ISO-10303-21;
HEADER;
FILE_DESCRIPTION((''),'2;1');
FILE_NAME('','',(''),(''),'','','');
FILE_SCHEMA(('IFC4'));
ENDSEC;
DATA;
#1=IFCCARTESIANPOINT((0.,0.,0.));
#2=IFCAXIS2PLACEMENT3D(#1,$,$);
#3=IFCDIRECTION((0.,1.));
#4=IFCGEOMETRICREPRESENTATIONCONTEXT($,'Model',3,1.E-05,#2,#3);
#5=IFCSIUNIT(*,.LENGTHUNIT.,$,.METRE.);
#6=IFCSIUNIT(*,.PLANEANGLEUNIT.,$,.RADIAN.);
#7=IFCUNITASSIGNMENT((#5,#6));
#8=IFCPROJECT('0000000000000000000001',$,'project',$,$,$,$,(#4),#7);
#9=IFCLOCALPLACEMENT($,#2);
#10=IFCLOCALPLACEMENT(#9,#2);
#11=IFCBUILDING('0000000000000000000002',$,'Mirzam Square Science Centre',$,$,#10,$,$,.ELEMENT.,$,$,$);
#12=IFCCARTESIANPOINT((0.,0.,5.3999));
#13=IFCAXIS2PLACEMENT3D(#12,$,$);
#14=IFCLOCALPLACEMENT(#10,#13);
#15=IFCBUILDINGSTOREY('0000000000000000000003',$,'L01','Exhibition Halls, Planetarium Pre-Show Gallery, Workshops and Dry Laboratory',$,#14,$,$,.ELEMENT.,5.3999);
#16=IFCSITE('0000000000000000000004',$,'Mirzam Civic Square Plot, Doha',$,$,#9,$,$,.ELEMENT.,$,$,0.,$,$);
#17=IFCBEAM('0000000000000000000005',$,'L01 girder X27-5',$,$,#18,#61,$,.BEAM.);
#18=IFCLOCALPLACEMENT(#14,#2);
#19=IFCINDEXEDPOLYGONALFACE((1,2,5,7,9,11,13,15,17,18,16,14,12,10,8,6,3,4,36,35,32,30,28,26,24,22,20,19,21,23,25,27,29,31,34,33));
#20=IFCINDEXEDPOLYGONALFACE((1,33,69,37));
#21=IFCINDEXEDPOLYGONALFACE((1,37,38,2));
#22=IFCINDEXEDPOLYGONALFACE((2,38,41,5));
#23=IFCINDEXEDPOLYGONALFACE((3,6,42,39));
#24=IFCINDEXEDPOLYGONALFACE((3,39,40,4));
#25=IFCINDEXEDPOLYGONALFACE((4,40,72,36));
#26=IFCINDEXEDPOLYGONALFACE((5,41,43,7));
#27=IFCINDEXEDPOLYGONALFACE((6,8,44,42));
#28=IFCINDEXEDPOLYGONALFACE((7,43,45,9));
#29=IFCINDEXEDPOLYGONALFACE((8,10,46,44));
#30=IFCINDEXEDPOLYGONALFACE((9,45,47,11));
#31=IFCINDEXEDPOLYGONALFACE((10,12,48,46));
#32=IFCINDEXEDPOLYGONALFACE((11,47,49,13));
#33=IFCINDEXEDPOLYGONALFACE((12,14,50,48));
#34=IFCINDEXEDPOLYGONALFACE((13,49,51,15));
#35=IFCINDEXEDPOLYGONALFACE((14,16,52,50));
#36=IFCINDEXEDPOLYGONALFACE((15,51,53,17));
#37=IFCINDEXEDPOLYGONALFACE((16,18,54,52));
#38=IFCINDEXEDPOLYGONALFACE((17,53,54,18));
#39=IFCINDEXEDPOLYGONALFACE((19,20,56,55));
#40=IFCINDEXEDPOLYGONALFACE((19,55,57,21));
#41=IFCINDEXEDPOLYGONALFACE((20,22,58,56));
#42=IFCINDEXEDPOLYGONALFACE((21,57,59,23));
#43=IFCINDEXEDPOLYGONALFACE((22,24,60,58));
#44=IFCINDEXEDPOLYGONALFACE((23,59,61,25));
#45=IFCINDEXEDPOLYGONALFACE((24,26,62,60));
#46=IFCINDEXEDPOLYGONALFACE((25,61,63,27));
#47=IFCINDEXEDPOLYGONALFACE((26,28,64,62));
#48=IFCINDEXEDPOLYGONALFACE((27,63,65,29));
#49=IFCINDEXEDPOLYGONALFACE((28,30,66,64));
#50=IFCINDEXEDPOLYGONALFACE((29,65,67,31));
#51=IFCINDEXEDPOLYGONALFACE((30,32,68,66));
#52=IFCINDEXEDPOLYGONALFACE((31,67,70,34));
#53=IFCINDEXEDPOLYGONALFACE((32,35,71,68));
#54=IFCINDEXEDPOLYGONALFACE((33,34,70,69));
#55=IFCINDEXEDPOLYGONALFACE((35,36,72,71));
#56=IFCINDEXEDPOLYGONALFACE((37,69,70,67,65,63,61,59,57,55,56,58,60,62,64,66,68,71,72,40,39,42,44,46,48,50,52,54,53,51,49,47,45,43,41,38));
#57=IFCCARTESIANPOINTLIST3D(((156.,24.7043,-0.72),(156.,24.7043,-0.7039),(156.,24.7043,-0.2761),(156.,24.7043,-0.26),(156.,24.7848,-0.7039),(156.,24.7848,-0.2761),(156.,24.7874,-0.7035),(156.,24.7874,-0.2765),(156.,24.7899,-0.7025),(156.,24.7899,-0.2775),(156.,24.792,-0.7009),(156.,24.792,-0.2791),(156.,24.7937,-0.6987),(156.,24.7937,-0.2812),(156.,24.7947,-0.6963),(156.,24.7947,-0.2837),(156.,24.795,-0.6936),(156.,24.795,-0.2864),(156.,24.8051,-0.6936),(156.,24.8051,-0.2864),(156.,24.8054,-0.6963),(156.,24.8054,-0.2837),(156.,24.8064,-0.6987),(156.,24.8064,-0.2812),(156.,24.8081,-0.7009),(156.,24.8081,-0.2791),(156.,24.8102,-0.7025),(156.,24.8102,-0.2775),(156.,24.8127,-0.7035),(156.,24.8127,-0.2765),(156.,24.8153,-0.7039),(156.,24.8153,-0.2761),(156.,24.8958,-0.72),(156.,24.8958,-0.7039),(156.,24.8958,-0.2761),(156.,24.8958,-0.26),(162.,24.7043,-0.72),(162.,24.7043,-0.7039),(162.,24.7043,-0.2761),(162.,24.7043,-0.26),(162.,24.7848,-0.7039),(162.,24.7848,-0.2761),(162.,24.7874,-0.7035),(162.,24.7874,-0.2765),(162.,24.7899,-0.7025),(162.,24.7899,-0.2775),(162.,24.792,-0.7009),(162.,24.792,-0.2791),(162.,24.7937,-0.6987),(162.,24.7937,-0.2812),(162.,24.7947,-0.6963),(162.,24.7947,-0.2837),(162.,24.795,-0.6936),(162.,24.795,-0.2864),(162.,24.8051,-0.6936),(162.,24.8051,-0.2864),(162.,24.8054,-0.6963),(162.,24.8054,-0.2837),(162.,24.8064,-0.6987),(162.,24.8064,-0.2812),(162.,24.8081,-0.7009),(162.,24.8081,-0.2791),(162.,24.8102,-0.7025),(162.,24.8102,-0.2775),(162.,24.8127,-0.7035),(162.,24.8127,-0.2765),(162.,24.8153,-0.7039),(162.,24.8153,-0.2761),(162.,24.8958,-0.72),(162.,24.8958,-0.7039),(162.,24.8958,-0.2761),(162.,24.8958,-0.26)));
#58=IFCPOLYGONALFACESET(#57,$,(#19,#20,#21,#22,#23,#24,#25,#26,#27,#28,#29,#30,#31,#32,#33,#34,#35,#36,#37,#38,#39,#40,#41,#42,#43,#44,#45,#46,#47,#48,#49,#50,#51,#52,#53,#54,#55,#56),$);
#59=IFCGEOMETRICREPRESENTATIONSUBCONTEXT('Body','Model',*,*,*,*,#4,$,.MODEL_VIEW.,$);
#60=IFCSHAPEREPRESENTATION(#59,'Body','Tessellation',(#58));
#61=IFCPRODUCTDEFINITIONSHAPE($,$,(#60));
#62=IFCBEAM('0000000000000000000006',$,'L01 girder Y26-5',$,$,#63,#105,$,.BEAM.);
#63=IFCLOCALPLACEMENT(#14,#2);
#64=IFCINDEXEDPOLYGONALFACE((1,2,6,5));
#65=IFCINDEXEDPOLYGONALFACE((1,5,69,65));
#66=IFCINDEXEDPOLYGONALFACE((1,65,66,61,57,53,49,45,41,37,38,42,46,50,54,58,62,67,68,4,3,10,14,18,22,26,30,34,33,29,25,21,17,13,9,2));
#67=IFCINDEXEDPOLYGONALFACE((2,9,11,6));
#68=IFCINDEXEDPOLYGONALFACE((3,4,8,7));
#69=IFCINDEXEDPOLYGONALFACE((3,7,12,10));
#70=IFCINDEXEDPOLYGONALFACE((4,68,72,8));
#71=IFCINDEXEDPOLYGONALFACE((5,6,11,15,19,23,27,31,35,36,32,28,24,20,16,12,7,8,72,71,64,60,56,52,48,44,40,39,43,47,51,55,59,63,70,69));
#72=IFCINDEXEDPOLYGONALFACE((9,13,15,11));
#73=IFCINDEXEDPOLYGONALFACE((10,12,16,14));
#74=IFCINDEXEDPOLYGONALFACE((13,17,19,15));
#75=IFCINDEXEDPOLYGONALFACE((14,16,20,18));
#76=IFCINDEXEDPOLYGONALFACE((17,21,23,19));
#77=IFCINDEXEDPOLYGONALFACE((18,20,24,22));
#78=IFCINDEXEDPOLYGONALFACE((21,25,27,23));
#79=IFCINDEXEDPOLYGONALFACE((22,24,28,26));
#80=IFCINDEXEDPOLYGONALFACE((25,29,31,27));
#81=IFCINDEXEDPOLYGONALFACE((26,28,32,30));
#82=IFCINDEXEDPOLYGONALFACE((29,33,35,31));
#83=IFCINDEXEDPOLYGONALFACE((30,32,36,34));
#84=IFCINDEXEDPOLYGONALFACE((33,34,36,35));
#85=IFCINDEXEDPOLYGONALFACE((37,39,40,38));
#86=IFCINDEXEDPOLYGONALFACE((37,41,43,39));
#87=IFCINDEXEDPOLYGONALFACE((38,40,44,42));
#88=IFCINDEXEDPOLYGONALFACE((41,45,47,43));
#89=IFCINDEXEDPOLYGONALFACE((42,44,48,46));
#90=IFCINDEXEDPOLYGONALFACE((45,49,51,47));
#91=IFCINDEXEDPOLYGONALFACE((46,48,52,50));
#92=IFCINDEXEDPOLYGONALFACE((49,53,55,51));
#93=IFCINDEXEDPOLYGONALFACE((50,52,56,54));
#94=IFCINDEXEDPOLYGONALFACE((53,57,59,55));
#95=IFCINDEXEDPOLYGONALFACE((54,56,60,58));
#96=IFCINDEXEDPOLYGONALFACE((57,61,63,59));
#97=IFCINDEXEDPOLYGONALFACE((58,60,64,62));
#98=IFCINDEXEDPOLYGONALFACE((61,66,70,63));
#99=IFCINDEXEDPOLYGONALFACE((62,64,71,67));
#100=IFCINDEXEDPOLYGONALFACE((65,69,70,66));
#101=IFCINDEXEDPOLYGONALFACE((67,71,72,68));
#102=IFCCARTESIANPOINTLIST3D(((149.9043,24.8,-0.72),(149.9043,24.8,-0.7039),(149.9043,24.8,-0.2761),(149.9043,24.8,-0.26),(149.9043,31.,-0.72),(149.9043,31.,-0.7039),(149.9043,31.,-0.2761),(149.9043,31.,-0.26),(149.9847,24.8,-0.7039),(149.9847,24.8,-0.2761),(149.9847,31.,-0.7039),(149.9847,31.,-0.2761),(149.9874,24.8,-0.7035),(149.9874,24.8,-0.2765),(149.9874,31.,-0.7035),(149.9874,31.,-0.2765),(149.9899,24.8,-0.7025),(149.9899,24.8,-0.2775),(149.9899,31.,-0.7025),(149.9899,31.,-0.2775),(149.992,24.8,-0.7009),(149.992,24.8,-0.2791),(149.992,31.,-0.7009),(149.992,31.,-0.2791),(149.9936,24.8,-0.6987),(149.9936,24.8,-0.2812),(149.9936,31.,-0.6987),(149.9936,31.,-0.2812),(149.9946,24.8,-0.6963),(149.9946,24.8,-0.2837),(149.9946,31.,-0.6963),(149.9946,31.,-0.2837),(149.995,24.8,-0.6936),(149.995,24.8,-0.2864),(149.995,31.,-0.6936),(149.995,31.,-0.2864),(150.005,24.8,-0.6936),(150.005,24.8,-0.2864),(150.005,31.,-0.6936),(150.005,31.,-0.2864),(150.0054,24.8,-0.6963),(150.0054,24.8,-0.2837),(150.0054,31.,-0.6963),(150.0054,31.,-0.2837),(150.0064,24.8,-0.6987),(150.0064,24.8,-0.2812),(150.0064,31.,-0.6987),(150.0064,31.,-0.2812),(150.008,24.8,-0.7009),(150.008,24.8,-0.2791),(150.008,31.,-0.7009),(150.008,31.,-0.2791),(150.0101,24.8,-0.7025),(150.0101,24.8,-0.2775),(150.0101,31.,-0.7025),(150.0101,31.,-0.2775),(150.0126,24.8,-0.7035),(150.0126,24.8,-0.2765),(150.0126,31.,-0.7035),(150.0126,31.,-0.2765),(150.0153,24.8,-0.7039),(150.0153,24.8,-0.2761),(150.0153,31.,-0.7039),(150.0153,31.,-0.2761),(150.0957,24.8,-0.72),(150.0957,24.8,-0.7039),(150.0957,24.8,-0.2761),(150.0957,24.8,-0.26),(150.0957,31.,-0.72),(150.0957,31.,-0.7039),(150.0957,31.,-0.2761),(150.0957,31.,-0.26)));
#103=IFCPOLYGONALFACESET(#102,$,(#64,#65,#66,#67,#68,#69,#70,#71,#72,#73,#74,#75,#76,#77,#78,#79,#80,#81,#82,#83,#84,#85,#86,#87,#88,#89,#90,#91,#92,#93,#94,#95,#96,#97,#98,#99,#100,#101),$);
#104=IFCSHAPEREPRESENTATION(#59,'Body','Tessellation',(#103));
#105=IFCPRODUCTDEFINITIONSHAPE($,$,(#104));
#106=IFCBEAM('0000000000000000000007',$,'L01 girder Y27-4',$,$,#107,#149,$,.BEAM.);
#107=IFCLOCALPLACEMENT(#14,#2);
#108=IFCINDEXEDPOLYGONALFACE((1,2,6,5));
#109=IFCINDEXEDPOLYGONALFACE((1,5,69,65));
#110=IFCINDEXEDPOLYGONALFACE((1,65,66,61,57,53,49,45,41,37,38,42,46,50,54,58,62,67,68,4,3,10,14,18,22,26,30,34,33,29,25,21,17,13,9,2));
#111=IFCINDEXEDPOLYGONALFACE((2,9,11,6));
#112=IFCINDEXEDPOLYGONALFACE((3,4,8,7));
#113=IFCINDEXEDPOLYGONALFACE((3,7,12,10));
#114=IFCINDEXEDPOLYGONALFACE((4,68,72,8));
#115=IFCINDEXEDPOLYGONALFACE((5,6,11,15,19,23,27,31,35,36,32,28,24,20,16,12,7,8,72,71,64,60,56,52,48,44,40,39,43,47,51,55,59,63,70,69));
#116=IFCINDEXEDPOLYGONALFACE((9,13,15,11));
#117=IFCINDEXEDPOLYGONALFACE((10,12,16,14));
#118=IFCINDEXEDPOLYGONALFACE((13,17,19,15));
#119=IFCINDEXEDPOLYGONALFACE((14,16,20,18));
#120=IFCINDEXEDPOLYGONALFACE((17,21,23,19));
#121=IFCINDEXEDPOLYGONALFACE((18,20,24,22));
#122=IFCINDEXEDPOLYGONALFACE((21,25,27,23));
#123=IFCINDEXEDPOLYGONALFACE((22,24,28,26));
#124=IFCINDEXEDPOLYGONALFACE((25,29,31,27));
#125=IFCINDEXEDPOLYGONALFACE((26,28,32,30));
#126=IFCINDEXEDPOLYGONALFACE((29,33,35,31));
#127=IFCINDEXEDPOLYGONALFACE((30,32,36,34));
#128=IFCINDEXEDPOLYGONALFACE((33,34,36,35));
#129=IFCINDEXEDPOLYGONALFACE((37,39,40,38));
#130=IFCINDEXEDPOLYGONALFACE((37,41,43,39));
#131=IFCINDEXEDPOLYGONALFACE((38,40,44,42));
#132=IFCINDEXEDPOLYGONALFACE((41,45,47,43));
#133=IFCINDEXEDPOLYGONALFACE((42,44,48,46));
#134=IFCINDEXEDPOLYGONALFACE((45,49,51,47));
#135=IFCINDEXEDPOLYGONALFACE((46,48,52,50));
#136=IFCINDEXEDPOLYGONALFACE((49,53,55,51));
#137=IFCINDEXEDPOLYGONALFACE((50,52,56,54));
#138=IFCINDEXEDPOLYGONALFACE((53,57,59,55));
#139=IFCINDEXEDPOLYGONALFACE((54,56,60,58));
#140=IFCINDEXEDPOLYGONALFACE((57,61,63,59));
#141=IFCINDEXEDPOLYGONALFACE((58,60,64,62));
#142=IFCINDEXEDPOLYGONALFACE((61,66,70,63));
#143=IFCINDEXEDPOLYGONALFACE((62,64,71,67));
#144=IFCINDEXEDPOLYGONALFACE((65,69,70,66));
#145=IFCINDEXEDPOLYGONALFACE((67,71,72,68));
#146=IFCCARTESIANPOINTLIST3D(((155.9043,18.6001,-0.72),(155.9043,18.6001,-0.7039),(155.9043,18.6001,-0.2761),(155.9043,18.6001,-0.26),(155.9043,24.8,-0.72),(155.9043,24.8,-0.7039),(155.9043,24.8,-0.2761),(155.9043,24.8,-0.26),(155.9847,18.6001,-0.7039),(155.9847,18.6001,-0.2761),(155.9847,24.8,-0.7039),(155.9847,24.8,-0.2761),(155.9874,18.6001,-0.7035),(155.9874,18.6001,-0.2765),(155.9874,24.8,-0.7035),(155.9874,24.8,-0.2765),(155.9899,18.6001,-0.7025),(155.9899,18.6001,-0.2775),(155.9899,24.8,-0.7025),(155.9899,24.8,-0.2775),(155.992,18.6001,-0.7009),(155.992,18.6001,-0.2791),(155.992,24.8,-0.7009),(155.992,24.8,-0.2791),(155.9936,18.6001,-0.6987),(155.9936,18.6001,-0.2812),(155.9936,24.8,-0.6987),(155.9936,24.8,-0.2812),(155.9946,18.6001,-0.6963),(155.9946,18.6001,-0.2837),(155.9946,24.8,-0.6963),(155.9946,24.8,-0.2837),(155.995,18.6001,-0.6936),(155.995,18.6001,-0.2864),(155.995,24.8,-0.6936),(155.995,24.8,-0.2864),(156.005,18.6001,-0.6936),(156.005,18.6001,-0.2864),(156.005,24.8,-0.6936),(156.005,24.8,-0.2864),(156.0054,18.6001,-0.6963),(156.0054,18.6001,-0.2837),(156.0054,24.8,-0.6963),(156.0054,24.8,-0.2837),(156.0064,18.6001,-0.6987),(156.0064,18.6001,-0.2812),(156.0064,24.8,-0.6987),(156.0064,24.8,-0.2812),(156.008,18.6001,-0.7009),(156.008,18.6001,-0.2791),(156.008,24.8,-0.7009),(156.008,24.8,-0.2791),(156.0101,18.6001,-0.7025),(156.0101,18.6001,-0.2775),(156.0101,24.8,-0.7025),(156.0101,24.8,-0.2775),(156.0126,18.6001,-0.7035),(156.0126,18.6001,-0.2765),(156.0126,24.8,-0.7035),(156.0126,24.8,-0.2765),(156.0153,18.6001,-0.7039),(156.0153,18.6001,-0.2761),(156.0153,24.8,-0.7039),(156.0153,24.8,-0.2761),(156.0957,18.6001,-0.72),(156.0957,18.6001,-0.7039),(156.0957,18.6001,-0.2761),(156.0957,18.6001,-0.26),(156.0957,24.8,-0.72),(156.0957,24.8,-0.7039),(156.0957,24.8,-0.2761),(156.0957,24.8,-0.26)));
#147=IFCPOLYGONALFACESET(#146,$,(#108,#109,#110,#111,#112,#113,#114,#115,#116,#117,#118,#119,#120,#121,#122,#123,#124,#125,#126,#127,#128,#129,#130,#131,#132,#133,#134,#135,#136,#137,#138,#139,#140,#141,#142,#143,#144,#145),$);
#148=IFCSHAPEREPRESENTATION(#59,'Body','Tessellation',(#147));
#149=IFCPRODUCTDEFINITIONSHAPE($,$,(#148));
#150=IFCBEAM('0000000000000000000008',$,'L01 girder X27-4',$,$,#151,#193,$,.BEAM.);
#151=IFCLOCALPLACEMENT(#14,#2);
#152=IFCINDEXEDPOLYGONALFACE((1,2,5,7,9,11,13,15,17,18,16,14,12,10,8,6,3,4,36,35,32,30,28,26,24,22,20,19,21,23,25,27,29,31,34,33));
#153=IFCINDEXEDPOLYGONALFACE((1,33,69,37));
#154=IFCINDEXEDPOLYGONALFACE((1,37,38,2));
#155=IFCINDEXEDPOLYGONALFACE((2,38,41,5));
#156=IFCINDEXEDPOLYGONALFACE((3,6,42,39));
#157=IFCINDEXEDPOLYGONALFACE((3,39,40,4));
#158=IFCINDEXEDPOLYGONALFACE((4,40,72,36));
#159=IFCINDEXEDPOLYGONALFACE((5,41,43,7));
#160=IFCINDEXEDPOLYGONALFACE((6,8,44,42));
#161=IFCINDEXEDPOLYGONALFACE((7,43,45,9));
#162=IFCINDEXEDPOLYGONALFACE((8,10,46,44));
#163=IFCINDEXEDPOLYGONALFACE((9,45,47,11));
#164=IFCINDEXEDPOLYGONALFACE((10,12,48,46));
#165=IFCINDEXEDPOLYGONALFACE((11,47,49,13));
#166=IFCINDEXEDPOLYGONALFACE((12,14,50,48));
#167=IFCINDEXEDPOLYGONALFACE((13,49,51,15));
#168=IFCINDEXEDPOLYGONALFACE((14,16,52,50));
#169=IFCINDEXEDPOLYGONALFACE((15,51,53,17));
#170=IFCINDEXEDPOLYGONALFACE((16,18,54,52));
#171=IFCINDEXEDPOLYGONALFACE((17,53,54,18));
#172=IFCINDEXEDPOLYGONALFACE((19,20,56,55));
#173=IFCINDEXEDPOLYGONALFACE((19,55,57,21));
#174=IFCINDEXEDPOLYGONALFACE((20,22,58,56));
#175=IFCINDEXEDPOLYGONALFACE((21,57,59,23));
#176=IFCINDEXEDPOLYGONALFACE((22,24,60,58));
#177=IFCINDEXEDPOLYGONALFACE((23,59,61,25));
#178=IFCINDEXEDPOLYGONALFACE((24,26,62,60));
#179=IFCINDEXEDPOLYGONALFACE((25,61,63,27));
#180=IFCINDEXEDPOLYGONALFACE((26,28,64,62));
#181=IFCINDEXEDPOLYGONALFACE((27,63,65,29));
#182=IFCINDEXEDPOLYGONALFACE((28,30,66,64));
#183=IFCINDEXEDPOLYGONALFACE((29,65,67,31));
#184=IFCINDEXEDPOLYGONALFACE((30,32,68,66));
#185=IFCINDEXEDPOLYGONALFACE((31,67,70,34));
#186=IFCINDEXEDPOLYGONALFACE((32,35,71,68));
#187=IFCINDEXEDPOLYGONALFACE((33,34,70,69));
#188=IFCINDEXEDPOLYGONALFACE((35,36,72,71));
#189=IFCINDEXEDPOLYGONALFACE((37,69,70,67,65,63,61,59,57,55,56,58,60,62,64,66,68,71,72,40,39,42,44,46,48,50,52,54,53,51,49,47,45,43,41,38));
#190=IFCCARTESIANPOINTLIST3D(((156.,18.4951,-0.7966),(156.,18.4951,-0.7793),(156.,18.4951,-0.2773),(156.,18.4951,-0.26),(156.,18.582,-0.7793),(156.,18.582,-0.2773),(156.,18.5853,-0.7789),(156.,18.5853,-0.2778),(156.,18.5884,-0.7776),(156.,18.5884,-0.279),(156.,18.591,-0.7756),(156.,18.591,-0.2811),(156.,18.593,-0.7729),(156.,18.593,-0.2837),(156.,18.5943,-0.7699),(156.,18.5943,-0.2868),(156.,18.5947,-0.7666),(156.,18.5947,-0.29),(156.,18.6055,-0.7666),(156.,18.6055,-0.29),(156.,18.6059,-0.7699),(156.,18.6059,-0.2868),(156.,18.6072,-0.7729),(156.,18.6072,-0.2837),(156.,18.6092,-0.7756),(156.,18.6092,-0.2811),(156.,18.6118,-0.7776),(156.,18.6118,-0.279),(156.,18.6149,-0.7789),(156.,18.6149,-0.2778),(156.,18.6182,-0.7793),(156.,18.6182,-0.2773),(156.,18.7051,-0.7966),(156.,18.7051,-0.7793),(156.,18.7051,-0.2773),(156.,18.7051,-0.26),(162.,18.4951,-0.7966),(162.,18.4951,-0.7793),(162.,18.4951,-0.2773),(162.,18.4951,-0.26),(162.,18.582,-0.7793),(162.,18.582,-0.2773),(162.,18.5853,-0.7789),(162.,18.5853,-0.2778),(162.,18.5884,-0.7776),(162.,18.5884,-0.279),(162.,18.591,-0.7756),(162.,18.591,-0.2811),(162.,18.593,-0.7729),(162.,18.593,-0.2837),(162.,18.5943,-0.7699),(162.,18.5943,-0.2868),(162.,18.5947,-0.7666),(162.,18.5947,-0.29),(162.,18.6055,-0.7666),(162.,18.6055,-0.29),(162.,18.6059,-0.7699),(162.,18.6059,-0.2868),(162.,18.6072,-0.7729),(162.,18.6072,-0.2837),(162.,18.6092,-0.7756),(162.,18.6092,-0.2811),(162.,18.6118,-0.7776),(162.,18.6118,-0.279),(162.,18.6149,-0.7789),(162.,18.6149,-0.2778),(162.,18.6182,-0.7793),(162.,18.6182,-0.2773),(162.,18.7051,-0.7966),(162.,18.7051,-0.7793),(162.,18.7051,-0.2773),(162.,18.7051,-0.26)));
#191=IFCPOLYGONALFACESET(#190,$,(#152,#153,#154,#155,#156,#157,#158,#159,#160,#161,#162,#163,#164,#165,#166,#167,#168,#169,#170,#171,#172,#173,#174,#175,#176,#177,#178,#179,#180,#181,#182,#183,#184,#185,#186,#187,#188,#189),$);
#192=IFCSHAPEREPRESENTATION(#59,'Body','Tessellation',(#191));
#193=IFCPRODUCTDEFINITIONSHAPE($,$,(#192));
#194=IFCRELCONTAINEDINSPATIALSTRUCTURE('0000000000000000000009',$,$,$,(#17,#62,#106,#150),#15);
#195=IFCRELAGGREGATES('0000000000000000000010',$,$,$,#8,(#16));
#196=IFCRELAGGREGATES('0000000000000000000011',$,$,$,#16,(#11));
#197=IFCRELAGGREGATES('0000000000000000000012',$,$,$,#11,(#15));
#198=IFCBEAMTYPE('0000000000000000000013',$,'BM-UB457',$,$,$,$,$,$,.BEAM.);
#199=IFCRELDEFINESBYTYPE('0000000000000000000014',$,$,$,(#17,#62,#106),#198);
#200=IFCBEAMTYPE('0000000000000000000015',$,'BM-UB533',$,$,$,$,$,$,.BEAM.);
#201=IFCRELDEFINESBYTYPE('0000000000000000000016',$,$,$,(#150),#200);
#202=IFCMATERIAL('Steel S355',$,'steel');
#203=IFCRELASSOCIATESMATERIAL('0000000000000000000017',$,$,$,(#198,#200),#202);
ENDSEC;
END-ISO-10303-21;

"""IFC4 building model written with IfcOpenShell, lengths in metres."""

from ifc_helpers import new_model, si_unit, direction, frame, origin, origin_2d, place, context, subcontext, project, spatial, i_section, extrude, material, material_profile, profile_set, type_object, element, save


model = new_model("IFC4")

# Units and contexts
model_context = context("Model", 3, precision=1e-05, world=origin(), true_north=direction((0.0, 1.0)))
body_context = subcontext(model_context, "Body", "Model", "MODEL_VIEW")
ifc_project = project(units=[si_unit("LENGTHUNIT", "METRE"), si_unit("PLANEANGLEUNIT", "RADIAN")], contexts=[model_context])

# Site, building, storey
site_placement = place(None, origin())
site = spatial("IfcSite", under=ifc_project, at=site_placement, Name="Mirzam Civic Square Plot, Doha", CompositionType="ELEMENT", RefElevation=0.0)
building_placement = place(site_placement, origin())
building = spatial("IfcBuilding", under=site, at=building_placement, Name="Mirzam Square Science Centre", CompositionType="ELEMENT")
storey_placement = place(building_placement, frame((0.0, 0.0, 5.3999)))
storey = spatial("IfcBuildingStorey", under=building, at=storey_placement, Name="L01", Description="Exhibition Halls, Planetarium Pre-Show Gallery, Workshops and Dry Laboratory", CompositionType="ELEMENT", Elevation=5.3999)

# Shared definitions
ifc_material_1 = material(Name="Steel S355", Category="steel")

# Beams
ifc_material_profile_1 = material_profile(ifc_material_1, i_section(OverallWidth=0.1914, OverallDepth=0.46, WebThickness=0.01, FlangeThickness=0.0161, FilletRadius=0.0103, at=origin_2d()), Name="457x191x82UB")
ifc_profile_set_1 = profile_set([ifc_material_profile_1], Name="Steel S355")
beam_type_1 = type_object("IfcBeamType", Name="BM-UB457", PredefinedType="BEAM", material=ifc_profile_set_1)
beam_1_placement = place(storey_placement, frame((156.0, 24.8, -0.49), z_axis=(1.0, 0.0, 0.0), x_axis=(0.0, 1.0, 0.0)))
element("IfcBeam", 1, at=beam_1_placement, inside=storey, type_object=beam_type_1, Name="L01 girder X27-5", PredefinedType="BEAM", context=body_context, shape_type="SweptSolid", body=[
    extrude(i_section(OverallWidth=0.1914, OverallDepth=0.46, WebThickness=0.01, FlangeThickness=0.0161, FilletRadius=0.0103, at=origin_2d()), origin(), (0.0, 0.0, 1.0), 6.0),
])
for number, where, z_axis, x_axis, name in (
    (2, (150.0, 24.8, -0.49), (0.0, 1.0, 0.0), (-1.0, 0.0, 0.0), "L01 girder Y26-5"),
    (3, (156.0, 18.6001, -0.49), (0.0, 1.0, 0.0), (-1.0, 0.0, 0.0), "L01 girder Y27-4"),
):
    element("IfcBeam", number, at=place(storey_placement, frame(where, z_axis=z_axis, x_axis=x_axis)), inside=storey, type_object=beam_type_1, Name=name, PredefinedType="BEAM", context=body_context, shape_type="SweptSolid", body=[
        extrude(i_section(OverallWidth=0.1914, OverallDepth=0.46, WebThickness=0.01, FlangeThickness=0.0161, FilletRadius=0.0103, at=origin_2d()), origin(), (0.0, 0.0, 1.0), 6.2),
    ])
ifc_material_profile_2 = material_profile(ifc_material_1, i_section(OverallWidth=0.21, OverallDepth=0.5366, WebThickness=0.0107, FlangeThickness=0.0173, FilletRadius=0.0127, at=origin_2d()), Name="533x210x101UB")
ifc_profile_set_2 = profile_set([ifc_material_profile_2], Name="Steel S355")
beam_type_2 = type_object("IfcBeamType", Name="BM-UB533", PredefinedType="BEAM", material=ifc_profile_set_2)
for number, where, z_axis, x_axis, name in (
    (4, (156.0, 18.6001, -0.5283), (1.0, 0.0, 0.0), (0.0, 1.0, 0.0), "L01 girder X27-4"),
):
    element("IfcBeam", number, at=place(storey_placement, frame(where, z_axis=z_axis, x_axis=x_axis)), inside=storey, type_object=beam_type_2, Name=name, PredefinedType="BEAM", context=body_context, shape_type="SweptSolid", body=[
        extrude(i_section(OverallWidth=0.21, OverallDepth=0.5366, WebThickness=0.0107, FlangeThickness=0.0173, FilletRadius=0.0127, at=origin_2d()), origin(), (0.0, 0.0, 1.0), 6.0),
    ])

save(model, "model.ifc")
